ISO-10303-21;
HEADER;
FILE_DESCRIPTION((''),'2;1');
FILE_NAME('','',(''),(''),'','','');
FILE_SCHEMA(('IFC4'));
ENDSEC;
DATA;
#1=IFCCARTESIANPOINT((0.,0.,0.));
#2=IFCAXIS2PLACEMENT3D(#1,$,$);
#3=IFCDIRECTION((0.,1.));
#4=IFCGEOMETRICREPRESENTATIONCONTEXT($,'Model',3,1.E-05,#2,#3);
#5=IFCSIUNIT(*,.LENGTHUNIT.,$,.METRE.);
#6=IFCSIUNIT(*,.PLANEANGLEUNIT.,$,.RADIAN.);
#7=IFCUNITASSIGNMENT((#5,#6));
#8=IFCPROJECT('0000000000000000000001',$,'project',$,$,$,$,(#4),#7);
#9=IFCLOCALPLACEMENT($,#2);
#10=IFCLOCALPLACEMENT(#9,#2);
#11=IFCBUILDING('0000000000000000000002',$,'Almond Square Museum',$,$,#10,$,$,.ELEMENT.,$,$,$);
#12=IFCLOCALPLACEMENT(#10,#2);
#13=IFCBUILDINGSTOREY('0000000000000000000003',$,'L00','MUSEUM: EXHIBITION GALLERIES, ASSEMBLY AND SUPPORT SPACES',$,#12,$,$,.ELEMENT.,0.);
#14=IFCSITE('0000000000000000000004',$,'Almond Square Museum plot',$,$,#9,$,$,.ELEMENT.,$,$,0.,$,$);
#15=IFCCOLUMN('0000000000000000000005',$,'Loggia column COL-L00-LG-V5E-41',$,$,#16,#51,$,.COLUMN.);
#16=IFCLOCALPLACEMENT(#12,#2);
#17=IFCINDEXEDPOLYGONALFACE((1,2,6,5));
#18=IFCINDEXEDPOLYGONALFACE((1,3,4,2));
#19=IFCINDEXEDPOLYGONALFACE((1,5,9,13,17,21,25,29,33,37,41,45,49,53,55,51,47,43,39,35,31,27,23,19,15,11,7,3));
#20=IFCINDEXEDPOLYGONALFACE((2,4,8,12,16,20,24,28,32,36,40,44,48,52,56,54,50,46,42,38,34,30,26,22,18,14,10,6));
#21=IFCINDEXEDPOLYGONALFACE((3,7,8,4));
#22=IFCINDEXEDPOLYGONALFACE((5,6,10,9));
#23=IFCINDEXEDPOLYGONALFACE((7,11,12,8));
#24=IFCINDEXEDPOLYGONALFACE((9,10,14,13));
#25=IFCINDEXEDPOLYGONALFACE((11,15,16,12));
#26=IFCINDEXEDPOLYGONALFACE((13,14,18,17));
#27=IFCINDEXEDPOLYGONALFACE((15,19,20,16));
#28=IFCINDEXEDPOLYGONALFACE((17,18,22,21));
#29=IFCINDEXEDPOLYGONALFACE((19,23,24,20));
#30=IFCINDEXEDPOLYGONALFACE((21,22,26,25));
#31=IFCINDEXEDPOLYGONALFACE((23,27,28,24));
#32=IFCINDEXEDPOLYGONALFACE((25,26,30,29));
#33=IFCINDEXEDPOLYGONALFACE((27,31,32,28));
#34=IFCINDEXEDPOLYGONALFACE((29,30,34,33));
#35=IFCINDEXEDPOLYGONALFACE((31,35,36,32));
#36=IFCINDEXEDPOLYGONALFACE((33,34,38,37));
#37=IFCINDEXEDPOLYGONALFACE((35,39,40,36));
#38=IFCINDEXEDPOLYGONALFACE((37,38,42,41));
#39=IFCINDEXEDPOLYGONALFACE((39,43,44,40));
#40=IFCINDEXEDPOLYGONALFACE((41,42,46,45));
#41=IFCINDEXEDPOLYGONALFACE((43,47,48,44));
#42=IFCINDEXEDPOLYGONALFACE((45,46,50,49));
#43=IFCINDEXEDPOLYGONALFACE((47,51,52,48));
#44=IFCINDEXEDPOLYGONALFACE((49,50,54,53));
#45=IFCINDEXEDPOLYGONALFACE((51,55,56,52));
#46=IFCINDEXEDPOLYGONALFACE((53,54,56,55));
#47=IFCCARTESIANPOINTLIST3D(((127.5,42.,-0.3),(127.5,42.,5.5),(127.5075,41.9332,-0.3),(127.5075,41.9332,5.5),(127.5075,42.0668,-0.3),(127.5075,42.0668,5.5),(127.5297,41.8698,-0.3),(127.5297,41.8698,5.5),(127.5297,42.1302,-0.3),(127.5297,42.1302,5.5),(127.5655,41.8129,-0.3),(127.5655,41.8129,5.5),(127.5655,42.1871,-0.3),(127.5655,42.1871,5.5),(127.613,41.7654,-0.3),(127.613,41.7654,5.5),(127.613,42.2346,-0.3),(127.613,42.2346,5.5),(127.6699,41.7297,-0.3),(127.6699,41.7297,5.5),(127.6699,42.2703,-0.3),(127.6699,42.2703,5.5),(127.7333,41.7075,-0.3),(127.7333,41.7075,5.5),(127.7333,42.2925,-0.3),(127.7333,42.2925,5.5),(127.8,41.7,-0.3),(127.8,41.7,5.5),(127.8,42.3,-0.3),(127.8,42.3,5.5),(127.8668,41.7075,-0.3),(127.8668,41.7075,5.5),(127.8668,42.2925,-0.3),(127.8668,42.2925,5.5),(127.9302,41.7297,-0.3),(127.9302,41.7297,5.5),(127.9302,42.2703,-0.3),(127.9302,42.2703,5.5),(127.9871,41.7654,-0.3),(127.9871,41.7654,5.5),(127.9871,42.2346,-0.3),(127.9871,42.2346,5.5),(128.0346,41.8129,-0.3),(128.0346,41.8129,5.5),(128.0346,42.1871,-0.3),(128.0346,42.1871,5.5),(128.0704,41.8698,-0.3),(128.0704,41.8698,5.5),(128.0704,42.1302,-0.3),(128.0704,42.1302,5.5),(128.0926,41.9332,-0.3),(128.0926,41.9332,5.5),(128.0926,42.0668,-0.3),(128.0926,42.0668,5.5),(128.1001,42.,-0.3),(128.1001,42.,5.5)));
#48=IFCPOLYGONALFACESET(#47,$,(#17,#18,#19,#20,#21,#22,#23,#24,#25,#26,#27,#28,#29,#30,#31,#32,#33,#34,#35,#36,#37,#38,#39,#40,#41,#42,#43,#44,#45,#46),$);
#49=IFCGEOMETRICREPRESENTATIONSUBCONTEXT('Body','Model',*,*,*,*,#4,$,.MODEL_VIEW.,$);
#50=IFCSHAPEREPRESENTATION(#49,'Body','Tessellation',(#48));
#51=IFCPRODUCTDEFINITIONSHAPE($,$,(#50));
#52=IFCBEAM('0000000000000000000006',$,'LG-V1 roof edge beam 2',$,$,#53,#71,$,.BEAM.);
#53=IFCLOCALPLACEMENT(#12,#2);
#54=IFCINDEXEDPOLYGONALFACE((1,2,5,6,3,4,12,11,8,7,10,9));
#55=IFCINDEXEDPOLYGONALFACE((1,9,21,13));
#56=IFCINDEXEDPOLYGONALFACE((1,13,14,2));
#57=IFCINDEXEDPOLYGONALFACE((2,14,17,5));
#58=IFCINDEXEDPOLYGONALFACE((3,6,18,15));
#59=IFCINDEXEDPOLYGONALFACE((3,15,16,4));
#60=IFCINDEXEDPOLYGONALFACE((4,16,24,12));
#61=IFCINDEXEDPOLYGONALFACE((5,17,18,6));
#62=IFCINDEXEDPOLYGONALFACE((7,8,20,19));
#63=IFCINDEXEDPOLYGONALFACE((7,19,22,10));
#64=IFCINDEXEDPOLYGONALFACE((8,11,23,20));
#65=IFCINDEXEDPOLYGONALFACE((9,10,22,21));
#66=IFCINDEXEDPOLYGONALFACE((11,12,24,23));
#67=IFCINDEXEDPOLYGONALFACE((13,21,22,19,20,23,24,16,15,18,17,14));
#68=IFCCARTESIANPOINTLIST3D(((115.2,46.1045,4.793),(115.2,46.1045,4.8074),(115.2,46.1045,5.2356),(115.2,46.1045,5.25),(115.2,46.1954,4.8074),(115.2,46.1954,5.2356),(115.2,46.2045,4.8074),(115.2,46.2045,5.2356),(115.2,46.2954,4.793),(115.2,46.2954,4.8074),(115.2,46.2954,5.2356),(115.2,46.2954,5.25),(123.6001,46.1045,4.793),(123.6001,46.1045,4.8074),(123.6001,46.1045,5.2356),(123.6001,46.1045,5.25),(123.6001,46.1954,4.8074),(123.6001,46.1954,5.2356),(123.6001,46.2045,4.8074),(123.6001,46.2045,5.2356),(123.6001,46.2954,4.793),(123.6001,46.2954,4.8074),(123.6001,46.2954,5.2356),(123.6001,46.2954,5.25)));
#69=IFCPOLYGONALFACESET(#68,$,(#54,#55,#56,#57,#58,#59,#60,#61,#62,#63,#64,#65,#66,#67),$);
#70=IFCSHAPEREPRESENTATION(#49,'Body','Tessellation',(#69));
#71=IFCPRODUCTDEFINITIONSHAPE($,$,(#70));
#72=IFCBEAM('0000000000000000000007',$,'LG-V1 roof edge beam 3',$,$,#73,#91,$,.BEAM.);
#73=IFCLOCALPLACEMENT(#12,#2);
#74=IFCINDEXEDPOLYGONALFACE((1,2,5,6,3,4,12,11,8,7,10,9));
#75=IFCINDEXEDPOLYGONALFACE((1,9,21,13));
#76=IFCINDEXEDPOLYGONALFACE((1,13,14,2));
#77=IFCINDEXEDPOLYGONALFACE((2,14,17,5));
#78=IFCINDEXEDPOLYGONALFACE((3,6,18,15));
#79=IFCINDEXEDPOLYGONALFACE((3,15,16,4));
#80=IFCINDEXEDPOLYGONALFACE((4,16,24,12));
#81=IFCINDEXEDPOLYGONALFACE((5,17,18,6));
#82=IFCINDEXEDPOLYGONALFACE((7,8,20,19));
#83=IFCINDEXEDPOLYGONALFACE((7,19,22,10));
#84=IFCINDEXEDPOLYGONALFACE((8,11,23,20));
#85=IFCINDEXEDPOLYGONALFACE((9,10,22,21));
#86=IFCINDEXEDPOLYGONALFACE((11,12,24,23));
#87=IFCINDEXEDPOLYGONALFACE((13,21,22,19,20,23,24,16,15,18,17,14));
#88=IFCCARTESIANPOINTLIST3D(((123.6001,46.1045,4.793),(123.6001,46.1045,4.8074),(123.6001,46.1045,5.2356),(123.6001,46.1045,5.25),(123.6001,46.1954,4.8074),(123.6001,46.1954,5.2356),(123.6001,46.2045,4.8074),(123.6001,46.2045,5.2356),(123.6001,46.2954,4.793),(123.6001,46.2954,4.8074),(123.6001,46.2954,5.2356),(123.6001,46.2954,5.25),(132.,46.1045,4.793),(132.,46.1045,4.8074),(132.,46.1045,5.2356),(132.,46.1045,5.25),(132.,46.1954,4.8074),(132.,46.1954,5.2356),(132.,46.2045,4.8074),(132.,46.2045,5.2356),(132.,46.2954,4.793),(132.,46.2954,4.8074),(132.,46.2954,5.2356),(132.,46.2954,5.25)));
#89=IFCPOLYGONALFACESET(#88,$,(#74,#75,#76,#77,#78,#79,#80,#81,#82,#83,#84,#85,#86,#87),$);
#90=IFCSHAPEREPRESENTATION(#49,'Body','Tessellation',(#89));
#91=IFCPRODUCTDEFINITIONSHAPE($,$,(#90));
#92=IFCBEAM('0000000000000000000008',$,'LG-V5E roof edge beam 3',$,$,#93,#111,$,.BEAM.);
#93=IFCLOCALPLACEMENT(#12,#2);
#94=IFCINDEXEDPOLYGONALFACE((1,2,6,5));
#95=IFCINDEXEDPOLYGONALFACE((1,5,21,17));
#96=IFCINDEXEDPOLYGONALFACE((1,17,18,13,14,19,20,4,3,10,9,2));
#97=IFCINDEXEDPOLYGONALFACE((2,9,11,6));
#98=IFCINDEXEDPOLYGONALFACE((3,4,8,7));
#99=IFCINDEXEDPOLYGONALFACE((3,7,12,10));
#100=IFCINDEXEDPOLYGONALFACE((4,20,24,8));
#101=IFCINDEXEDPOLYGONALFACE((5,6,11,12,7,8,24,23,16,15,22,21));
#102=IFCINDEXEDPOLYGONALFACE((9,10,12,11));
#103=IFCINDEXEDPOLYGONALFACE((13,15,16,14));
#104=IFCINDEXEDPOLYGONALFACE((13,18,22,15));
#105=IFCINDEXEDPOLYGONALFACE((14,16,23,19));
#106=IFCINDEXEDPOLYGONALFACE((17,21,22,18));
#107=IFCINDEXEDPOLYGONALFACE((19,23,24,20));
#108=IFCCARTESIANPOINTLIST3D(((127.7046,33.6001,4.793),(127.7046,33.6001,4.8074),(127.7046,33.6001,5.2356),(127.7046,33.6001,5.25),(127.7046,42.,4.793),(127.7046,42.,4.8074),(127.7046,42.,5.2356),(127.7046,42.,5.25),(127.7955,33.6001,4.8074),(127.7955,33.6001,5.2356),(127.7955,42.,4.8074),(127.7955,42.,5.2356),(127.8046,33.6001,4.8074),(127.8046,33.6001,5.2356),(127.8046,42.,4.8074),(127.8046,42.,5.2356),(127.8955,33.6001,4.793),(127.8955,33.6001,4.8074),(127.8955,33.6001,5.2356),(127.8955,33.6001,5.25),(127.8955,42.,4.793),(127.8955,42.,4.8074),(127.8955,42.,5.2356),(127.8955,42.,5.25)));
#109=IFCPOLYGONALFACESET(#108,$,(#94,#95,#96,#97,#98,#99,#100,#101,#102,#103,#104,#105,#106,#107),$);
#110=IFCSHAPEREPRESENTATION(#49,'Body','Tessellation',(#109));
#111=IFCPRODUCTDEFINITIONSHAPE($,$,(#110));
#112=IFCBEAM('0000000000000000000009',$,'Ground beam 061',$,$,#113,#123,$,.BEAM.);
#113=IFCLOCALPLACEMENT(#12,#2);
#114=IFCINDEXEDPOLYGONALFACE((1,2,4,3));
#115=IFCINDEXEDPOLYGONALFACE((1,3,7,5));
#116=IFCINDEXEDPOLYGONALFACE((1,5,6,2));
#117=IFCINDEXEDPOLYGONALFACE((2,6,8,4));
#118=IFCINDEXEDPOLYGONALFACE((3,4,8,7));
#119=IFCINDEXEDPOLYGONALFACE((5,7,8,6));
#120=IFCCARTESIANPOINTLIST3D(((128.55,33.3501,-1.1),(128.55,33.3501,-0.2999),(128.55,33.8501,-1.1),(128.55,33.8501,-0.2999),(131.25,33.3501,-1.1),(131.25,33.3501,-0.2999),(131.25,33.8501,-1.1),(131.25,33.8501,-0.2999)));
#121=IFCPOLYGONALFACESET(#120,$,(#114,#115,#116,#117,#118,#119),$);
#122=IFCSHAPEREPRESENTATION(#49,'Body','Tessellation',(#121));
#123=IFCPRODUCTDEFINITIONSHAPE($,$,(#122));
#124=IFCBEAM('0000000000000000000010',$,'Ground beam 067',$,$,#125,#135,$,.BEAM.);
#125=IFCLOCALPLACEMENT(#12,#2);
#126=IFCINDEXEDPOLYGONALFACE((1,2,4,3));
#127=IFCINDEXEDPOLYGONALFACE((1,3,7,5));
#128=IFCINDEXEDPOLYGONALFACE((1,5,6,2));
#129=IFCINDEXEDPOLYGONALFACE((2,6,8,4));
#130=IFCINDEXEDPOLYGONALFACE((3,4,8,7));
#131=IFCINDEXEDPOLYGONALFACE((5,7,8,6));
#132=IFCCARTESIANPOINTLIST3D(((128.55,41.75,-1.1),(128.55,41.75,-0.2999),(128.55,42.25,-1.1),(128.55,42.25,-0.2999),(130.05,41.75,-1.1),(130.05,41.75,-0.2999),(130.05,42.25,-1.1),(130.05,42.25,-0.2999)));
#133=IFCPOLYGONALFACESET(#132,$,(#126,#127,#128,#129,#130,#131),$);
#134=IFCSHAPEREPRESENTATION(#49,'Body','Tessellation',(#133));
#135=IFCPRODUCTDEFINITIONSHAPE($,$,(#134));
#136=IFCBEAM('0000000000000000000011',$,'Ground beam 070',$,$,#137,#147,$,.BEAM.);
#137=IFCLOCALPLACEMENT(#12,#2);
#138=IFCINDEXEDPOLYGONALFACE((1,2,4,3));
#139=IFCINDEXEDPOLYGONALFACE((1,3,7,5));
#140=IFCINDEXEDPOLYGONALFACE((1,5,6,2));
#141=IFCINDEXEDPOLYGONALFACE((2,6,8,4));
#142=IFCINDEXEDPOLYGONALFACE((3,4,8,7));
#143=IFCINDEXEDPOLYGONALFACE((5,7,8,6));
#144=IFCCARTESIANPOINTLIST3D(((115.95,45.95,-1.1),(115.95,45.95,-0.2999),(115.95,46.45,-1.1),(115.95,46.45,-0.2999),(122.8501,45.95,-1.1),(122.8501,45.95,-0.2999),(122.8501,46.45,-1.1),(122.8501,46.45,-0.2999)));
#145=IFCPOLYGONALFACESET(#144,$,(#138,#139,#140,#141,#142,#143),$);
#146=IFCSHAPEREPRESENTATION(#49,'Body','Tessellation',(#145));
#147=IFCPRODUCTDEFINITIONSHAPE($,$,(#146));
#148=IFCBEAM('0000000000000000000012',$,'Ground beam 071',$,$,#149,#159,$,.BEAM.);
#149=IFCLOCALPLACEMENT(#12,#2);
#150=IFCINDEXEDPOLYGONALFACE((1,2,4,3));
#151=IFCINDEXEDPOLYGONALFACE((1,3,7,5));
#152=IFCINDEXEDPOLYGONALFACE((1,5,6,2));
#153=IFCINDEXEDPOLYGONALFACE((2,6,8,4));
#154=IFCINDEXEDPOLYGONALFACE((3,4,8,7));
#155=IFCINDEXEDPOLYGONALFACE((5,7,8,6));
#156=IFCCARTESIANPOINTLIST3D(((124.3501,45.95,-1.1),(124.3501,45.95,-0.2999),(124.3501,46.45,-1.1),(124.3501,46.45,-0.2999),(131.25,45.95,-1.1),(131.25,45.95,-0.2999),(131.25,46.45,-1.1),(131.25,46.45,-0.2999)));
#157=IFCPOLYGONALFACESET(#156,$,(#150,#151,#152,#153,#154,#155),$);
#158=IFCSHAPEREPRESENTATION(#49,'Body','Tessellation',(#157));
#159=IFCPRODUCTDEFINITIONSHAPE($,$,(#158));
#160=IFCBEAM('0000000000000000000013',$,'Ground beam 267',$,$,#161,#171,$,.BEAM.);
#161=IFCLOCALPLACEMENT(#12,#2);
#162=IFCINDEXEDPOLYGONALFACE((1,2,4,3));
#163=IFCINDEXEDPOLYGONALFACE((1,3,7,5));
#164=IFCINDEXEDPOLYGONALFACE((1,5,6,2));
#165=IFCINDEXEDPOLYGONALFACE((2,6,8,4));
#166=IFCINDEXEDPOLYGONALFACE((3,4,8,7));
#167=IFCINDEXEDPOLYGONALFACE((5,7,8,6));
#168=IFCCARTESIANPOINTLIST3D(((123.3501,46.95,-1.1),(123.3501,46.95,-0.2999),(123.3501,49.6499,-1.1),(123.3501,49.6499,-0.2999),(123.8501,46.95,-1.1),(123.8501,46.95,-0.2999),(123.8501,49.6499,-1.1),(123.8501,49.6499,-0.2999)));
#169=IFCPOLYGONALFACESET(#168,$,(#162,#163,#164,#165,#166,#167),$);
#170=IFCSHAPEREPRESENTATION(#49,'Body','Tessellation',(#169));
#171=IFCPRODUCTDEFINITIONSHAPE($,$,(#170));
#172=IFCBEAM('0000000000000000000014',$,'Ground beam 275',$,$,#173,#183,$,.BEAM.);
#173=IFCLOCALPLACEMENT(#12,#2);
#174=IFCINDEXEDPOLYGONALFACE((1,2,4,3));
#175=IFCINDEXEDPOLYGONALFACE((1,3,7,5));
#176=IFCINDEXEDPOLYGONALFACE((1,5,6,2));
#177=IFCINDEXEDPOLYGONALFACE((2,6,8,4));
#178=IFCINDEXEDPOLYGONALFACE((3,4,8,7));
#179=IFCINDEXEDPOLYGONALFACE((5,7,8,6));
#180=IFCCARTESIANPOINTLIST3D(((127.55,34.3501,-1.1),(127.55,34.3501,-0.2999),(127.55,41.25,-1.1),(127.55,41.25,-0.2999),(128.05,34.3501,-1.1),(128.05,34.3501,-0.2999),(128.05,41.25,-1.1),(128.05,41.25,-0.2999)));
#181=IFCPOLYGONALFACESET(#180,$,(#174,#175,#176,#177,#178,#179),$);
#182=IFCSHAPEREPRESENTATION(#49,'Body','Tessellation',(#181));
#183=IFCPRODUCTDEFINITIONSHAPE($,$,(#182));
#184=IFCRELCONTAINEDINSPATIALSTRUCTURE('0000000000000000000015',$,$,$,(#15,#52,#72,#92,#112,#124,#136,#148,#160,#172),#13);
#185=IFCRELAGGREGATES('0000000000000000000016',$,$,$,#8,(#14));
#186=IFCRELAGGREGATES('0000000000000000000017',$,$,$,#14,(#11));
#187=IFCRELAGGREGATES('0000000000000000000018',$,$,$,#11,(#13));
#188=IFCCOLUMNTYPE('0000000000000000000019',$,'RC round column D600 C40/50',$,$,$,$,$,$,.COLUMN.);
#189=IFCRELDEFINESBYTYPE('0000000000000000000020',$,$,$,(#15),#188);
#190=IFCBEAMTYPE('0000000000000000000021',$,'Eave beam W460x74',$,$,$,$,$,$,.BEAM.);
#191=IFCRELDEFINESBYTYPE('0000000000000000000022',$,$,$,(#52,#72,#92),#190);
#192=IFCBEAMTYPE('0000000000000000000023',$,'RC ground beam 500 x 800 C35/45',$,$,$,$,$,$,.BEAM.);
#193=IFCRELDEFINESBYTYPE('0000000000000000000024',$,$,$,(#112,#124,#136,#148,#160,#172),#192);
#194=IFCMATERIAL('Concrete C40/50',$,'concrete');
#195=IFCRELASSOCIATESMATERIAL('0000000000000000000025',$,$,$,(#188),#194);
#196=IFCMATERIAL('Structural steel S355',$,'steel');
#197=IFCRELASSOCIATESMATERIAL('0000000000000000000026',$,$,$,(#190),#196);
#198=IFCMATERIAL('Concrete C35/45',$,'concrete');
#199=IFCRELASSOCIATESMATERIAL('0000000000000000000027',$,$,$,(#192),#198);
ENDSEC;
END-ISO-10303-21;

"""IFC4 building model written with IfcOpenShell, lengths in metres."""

from ifc_helpers import new_model, si_unit, direction, frame, origin, origin_2d, place, context, subcontext, project, spatial, rectangle, circle, i_section, extrude, material, material_profile, profile_set, type_object, element, save


model = new_model("IFC4")

# Units and contexts
model_context = context("Model", 3, precision=1e-05, world=origin(), true_north=direction((0.0, 1.0)))
body_context = subcontext(model_context, "Body", "Model", "MODEL_VIEW")
ifc_project = project(units=[si_unit("LENGTHUNIT", "METRE"), si_unit("PLANEANGLEUNIT", "RADIAN")], contexts=[model_context])

# Site, building, storey
site_placement = place(None, origin())
site = spatial("IfcSite", under=ifc_project, at=site_placement, Name="Almond Square Museum plot", CompositionType="ELEMENT", RefElevation=0.0)
building_placement = place(site_placement, origin())
building = spatial("IfcBuilding", under=site, at=building_placement, Name="Almond Square Museum", CompositionType="ELEMENT")
storey_placement = place(building_placement, origin())
storey = spatial("IfcBuildingStorey", under=building, at=storey_placement, Name="L00", Description="MUSEUM: EXHIBITION GALLERIES, ASSEMBLY AND SUPPORT SPACES", CompositionType="ELEMENT", Elevation=0.0)

# Column
ifc_material_1 = material(Name="Concrete C40/50", Category="concrete")
ifc_material_profile_1 = material_profile(ifc_material_1, circle(Radius=0.3, at=origin_2d()))
ifc_profile_set_1 = profile_set([ifc_material_profile_1], Name="Concrete C40/50")
column_type = type_object("IfcColumnType", Name="RC round column D600 C40/50", PredefinedType="COLUMN", material=ifc_profile_set_1)
for number, where, z_axis, x_axis, name in (
    (1, (127.8, 42.0, -0.3), (0.0, 0.0, 1.0), (1.0, 0.0, 0.0), "Loggia column COL-L00-LG-V5E-41"),
):
    element("IfcColumn", number, at=place(storey_placement, frame(where, z_axis=z_axis, x_axis=x_axis)), inside=storey, type_object=column_type, Name=name, PredefinedType="COLUMN", context=body_context, shape_type="SweptSolid", body=[
        extrude(circle(Radius=0.3, at=origin_2d()), origin(), (0.0, 0.0, 1.0), 5.8),
    ])

# Beams
ifc_material_2 = material(Name="Structural steel S355", Category="steel")
ifc_material_profile_2 = material_profile(ifc_material_2, i_section(OverallWidth=0.1909, OverallDepth=0.457, WebThickness=0.009, FlangeThickness=0.0144, at=origin_2d()))
ifc_profile_set_2 = profile_set([ifc_material_profile_2], Name="Structural steel S355")
beam_type_1 = type_object("IfcBeamType", Name="Eave beam W460x74", PredefinedType="BEAM", material=ifc_profile_set_2)
beam_1_placement = place(storey_placement, frame((115.2, 46.2, 5.0215), z_axis=(1.0, 0.0, 0.0), x_axis=(0.0, 1.0, 0.0)))
element("IfcBeam", 2, at=beam_1_placement, inside=storey, type_object=beam_type_1, Name="LG-V1 roof edge beam 2", PredefinedType="BEAM", context=body_context, shape_type="SweptSolid", body=[
    extrude(i_section(OverallWidth=0.1909, OverallDepth=0.457, WebThickness=0.009, FlangeThickness=0.0144, at=origin_2d()), origin(), (0.0, 0.0, 1.0), 8.4001),
])
for number, where, z_axis, x_axis, name in (
    (3, (123.6001, 46.2, 5.0215), (1.0, 0.0, 0.0), (0.0, 1.0, 0.0), "LG-V1 roof edge beam 3"),
    (4, (127.8, 33.6001, 5.0215), (0.0, 1.0, 0.0), (-1.0, 0.0, 0.0), "LG-V5E roof edge beam 3"),
):
    element("IfcBeam", number, at=place(storey_placement, frame(where, z_axis=z_axis, x_axis=x_axis)), inside=storey, type_object=beam_type_1, Name=name, PredefinedType="BEAM", context=body_context, shape_type="SweptSolid", body=[
        extrude(i_section(OverallWidth=0.1909, OverallDepth=0.457, WebThickness=0.009, FlangeThickness=0.0144, at=origin_2d()), origin(), (0.0, 0.0, 1.0), 8.3999),
    ])
ifc_material_3 = material(Name="Concrete C35/45", Category="concrete")
ifc_material_profile_3 = material_profile(ifc_material_3, rectangle(XDim=0.5, YDim=0.8, at=origin_2d()))
ifc_profile_set_3 = profile_set([ifc_material_profile_3], Name="Concrete C35/45")
beam_type_2 = type_object("IfcBeamType", Name="RC ground beam 500 x 800 C35/45", PredefinedType="BEAM", material=ifc_profile_set_3)
beam_2_placement = place(storey_placement, frame((128.55, 33.6001, -0.7), z_axis=(1.0, 0.0, 0.0), x_axis=(0.0, 1.0, 0.0)))
element("IfcBeam", 5, at=beam_2_placement, inside=storey, type_object=beam_type_2, Name="Ground beam 061", PredefinedType="BEAM", context=body_context, shape_type="SweptSolid", body=[
    extrude(rectangle(XDim=0.5, YDim=0.8, at=origin_2d()), origin(), (0.0, 0.0, 1.0), 2.7),
])
beam_3_placement = place(storey_placement, frame((128.55, 42.0, -0.7), z_axis=(1.0, 0.0, 0.0), x_axis=(0.0, 1.0, 0.0)))
element("IfcBeam", 6, at=beam_3_placement, inside=storey, type_object=beam_type_2, Name="Ground beam 067", PredefinedType="BEAM", context=body_context, shape_type="SweptSolid", body=[
    extrude(rectangle(XDim=0.5, YDim=0.8, at=origin_2d()), origin(), (0.0, 0.0, 1.0), 1.5),
])
beam_4_placement = place(storey_placement, frame((115.95, 46.2, -0.7), z_axis=(1.0, 0.0, 0.0), x_axis=(0.0, 1.0, 0.0)))
element("IfcBeam", 7, at=beam_4_placement, inside=storey, type_object=beam_type_2, Name="Ground beam 070", PredefinedType="BEAM", context=body_context, shape_type="SweptSolid", body=[
    extrude(rectangle(XDim=0.5, YDim=0.8, at=origin_2d()), origin(), (0.0, 0.0, 1.0), 6.9001),
])
beam_5_placement = place(storey_placement, frame((124.3501, 46.2, -0.7), z_axis=(1.0, 0.0, 0.0), x_axis=(0.0, 1.0, 0.0)))
element("IfcBeam", 8, at=beam_5_placement, inside=storey, type_object=beam_type_2, Name="Ground beam 071", PredefinedType="BEAM", context=body_context, shape_type="SweptSolid", body=[
    extrude(rectangle(XDim=0.5, YDim=0.8, at=origin_2d()), origin(), (0.0, 0.0, 1.0), 6.8999),
])
beam_6_placement = place(storey_placement, frame((123.6001, 46.95, -0.7), z_axis=(0.0, 1.0, 0.0), x_axis=(-1.0, 0.0, 0.0)))
element("IfcBeam", 9, at=beam_6_placement, inside=storey, type_object=beam_type_2, Name="Ground beam 267", PredefinedType="BEAM", context=body_context, shape_type="SweptSolid", body=[
    extrude(rectangle(XDim=0.5, YDim=0.8, at=origin_2d()), origin(), (0.0, 0.0, 1.0), 2.7),
])
beam_7_placement = place(storey_placement, frame((127.8, 34.3501, -0.7), z_axis=(0.0, 1.0, 0.0), x_axis=(-1.0, 0.0, 0.0)))
element("IfcBeam", 10, at=beam_7_placement, inside=storey, type_object=beam_type_2, Name="Ground beam 275", PredefinedType="BEAM", context=body_context, shape_type="SweptSolid", body=[
    extrude(rectangle(XDim=0.5, YDim=0.8, at=origin_2d()), origin(), (0.0, 0.0, 1.0), 6.8999),
])

save(model, "model.ifc")
